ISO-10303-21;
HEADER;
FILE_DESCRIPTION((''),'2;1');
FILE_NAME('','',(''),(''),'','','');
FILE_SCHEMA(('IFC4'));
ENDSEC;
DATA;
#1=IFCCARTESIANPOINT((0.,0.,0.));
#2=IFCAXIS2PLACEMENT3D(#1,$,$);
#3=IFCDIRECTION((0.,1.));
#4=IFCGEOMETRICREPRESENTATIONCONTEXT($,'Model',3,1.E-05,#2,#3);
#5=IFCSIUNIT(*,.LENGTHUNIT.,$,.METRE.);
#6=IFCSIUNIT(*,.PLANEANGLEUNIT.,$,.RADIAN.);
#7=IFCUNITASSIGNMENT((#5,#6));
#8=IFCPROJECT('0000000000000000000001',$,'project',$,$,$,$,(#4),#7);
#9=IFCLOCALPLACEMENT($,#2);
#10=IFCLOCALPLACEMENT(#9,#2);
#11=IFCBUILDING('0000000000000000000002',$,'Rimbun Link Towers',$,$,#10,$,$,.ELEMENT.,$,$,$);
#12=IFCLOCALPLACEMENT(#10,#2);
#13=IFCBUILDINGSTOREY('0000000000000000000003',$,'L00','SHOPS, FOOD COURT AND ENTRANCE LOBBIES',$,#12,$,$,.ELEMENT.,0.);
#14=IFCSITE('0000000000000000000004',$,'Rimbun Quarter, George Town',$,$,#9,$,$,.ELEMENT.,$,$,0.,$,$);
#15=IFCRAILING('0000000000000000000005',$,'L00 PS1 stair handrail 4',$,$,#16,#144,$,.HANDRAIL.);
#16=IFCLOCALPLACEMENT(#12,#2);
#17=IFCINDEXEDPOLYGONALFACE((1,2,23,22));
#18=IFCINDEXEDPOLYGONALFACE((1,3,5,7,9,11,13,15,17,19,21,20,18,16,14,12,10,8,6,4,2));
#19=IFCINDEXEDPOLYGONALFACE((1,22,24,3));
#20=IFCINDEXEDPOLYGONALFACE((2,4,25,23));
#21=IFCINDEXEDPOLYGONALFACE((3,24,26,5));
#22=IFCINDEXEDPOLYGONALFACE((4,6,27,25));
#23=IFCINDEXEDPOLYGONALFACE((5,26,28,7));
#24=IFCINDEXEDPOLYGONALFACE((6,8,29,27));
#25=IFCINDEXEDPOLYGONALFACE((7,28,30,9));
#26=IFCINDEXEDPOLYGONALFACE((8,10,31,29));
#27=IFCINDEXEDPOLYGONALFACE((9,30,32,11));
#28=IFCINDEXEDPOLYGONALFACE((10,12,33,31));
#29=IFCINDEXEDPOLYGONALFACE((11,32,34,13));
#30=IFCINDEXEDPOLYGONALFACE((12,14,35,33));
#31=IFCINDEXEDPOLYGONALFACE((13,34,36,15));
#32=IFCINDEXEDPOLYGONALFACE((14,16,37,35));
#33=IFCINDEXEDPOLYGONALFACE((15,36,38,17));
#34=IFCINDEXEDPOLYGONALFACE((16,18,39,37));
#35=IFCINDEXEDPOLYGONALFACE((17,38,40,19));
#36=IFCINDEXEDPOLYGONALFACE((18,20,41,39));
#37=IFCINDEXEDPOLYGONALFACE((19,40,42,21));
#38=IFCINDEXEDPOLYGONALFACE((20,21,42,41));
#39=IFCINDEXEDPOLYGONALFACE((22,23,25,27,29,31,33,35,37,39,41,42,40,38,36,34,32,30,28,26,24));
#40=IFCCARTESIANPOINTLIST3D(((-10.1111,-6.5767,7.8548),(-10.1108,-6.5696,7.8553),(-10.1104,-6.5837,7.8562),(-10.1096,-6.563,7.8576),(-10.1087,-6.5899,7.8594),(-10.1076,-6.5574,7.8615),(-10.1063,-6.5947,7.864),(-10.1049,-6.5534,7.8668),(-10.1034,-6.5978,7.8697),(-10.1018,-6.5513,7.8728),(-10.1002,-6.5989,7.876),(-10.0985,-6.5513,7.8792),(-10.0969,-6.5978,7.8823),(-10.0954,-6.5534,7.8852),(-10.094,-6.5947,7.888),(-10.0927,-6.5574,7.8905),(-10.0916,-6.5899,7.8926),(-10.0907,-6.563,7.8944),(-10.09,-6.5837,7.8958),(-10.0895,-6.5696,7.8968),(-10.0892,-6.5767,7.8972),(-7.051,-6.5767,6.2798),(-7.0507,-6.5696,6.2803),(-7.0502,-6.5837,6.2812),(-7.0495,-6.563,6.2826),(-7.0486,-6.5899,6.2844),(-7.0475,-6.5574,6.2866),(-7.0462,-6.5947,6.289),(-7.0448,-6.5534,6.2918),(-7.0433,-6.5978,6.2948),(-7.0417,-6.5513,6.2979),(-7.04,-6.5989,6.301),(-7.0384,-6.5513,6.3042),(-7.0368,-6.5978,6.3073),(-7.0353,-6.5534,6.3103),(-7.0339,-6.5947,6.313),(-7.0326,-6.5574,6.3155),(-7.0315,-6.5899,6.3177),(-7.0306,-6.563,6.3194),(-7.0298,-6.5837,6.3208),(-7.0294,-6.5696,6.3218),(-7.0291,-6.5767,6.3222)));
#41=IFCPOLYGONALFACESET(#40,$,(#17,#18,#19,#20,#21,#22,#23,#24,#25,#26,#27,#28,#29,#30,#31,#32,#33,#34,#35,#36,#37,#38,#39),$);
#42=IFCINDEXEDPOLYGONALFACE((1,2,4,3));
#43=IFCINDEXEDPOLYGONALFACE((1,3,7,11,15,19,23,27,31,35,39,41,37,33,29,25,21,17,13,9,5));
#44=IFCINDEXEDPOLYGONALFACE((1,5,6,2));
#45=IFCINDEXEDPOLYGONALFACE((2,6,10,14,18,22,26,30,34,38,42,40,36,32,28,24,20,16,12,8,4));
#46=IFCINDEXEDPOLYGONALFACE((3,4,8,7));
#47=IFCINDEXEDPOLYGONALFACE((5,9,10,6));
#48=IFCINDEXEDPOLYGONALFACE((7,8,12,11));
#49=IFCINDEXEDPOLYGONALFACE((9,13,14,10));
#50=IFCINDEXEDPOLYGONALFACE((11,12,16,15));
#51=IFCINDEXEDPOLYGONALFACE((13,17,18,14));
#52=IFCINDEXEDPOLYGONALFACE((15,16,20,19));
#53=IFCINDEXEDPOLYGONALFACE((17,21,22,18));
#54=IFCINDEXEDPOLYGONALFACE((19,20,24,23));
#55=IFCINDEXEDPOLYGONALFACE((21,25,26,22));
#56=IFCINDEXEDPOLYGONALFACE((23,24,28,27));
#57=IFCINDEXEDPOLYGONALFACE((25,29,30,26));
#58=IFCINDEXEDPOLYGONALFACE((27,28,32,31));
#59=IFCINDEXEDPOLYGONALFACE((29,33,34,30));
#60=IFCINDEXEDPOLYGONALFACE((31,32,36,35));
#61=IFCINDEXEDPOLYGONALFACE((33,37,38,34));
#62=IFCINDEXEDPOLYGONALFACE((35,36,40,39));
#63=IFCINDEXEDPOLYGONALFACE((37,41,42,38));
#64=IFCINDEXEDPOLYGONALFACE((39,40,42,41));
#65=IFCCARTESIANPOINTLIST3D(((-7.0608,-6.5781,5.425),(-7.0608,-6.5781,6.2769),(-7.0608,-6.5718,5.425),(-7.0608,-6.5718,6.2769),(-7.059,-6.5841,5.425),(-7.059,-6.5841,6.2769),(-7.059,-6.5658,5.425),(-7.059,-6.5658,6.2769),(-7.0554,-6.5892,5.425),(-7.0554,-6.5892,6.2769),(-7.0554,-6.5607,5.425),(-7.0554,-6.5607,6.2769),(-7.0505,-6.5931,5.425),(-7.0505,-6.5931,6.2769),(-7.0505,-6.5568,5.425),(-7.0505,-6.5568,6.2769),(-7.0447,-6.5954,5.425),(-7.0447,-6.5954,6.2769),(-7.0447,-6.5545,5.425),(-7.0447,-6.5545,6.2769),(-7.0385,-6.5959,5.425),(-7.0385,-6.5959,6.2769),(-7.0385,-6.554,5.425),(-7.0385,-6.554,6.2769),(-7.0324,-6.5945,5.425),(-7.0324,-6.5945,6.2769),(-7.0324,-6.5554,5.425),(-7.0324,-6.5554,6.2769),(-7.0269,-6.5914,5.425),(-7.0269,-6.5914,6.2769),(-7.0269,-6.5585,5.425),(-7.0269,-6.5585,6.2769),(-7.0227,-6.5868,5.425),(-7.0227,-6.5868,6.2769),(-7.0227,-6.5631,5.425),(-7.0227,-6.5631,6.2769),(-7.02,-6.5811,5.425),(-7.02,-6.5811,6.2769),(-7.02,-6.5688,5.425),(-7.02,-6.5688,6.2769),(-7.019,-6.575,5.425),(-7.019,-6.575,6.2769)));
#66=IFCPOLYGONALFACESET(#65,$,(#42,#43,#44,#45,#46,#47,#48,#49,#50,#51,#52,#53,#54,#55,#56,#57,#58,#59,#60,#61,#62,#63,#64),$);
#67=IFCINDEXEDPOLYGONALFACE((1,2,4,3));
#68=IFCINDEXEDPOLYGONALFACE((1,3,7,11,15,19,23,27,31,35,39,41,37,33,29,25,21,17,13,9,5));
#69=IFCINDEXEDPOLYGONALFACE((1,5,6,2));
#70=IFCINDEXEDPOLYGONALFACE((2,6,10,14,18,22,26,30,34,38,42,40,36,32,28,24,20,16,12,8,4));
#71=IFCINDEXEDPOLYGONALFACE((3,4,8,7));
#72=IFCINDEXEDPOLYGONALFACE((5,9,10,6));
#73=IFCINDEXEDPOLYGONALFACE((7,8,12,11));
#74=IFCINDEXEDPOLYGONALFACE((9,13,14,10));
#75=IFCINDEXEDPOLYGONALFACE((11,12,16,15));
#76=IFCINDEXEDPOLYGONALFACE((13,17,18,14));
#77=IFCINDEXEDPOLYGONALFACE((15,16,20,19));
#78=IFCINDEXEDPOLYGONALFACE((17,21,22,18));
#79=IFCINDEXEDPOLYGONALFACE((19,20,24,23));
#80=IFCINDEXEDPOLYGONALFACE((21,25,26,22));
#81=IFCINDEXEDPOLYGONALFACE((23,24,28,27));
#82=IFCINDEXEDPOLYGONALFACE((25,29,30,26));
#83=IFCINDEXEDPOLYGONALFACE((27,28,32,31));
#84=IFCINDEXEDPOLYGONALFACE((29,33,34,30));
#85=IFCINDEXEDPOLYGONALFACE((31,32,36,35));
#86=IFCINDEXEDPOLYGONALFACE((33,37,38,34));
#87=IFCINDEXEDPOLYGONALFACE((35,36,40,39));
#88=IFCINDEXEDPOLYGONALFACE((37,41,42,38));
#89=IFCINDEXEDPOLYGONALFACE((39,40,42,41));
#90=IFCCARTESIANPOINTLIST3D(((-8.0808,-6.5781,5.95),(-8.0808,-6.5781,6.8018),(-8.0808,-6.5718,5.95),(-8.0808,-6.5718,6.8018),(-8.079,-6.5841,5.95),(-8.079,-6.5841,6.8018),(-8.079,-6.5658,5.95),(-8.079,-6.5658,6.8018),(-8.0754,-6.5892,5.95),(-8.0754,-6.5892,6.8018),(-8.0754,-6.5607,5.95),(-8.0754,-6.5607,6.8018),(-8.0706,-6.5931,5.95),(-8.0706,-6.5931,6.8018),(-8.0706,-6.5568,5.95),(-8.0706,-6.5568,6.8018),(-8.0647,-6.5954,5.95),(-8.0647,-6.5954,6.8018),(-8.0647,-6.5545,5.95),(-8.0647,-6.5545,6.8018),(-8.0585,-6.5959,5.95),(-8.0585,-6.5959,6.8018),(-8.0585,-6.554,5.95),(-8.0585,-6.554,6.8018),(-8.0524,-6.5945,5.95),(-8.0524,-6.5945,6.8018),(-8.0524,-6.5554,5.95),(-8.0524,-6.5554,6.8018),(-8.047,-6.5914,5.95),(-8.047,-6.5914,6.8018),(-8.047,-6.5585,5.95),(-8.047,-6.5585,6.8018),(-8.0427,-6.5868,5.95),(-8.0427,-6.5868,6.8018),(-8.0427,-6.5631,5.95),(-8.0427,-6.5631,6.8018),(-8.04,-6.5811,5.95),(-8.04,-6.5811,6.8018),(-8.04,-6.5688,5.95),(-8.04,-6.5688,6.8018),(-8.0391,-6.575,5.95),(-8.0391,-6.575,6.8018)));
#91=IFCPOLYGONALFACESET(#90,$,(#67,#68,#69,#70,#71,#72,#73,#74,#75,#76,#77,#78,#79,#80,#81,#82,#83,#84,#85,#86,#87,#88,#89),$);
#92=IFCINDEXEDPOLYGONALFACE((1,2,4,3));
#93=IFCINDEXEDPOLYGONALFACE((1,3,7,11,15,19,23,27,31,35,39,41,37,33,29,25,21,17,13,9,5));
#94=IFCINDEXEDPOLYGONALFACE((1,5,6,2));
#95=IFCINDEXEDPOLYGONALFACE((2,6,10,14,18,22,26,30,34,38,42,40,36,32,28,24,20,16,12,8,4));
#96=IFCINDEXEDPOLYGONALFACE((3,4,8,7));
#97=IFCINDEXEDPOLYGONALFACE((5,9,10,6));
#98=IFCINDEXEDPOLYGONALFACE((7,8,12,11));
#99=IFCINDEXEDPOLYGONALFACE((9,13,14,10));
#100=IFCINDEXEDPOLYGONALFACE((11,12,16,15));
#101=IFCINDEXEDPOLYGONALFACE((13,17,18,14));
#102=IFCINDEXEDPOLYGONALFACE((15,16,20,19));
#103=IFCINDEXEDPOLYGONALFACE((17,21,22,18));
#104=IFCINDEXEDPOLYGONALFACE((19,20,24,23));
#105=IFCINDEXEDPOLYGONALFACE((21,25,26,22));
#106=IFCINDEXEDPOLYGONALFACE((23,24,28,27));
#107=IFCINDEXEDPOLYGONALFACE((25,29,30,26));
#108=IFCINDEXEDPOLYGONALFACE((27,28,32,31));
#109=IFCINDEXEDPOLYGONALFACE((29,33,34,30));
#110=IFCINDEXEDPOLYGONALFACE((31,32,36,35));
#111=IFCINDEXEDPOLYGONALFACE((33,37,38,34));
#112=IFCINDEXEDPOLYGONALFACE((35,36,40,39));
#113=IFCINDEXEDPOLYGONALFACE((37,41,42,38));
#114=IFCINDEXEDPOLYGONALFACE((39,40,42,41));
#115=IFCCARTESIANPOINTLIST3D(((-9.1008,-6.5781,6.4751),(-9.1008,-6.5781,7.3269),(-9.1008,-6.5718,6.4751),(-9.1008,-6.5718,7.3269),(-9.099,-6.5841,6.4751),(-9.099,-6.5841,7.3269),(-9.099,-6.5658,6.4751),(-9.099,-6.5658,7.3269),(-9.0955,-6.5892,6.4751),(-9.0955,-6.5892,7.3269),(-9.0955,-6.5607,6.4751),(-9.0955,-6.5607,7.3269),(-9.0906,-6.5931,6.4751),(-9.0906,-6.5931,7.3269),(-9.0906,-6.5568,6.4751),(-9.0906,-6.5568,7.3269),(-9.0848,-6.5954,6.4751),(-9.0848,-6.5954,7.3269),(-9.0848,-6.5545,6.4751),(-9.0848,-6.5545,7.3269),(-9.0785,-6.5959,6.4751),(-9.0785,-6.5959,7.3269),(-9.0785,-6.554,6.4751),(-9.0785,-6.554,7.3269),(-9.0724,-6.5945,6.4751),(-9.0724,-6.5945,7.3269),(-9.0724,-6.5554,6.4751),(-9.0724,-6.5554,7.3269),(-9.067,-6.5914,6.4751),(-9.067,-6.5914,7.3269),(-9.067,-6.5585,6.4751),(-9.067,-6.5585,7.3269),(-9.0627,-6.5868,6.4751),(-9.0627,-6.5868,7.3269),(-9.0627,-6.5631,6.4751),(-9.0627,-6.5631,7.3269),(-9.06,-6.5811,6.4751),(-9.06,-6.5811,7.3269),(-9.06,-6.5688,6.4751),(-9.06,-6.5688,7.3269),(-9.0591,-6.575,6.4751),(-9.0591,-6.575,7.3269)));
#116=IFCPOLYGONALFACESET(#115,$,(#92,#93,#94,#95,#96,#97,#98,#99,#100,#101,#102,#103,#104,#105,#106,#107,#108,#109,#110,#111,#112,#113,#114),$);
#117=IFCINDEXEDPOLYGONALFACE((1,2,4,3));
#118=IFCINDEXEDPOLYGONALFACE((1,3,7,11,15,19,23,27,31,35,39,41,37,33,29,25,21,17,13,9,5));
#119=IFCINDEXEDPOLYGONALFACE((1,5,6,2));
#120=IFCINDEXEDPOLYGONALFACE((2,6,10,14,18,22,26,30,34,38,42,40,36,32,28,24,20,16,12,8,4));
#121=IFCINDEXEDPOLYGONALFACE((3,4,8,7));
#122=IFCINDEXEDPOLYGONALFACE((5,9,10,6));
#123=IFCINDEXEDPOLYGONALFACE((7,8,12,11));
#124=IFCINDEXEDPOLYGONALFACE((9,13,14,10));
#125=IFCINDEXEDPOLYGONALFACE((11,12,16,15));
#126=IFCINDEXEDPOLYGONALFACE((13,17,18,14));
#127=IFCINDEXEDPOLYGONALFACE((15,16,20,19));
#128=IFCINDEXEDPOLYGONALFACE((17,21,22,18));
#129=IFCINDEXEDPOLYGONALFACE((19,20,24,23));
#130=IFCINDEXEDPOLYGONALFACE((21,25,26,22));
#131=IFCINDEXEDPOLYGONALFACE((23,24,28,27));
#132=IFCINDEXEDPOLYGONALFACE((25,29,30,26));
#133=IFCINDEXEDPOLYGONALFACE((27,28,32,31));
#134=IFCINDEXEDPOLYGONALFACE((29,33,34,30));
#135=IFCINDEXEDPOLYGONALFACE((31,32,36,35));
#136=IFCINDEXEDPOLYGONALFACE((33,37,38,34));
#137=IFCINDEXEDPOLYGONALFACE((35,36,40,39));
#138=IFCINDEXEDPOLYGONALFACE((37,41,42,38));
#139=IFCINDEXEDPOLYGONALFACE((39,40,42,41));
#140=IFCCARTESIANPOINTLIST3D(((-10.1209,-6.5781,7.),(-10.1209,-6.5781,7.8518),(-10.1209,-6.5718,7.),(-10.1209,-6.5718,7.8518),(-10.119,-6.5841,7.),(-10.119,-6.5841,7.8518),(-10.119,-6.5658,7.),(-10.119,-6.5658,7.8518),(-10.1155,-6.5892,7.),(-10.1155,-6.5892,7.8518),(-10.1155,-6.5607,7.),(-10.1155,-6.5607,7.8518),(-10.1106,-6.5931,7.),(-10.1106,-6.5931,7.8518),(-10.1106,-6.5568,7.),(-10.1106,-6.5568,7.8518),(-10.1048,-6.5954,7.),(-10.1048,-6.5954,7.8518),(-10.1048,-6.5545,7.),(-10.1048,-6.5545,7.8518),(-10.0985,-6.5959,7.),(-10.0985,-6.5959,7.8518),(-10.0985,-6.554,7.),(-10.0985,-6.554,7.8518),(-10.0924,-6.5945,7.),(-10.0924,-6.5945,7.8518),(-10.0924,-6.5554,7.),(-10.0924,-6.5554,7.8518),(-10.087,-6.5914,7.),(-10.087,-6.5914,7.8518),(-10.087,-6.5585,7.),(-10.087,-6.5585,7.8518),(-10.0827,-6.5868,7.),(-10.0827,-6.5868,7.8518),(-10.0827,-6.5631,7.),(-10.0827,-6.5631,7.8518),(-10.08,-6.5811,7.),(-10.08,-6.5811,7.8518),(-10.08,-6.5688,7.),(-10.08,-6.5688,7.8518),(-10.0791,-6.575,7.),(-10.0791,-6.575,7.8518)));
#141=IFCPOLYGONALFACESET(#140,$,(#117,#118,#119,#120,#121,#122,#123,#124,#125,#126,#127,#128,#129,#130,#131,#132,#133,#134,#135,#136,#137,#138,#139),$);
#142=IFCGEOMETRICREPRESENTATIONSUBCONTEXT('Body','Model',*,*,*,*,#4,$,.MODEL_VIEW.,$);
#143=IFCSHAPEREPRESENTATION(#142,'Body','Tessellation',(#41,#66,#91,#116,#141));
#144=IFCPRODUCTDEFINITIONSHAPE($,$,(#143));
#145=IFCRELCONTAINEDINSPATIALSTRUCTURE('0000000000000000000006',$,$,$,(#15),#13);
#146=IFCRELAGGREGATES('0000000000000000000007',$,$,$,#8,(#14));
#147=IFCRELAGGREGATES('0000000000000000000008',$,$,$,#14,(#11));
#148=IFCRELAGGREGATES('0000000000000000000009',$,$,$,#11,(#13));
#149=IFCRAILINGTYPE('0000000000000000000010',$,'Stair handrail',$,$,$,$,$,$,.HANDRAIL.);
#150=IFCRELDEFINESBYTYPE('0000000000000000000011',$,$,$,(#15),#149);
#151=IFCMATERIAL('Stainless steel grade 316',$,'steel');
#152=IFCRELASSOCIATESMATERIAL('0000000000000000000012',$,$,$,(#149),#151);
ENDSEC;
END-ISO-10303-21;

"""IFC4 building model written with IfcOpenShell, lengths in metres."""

from ifc_helpers import new_model, si_unit, direction, frame, origin, origin_2d, place, context, subcontext, project, spatial, circle, extrude, material, type_object, element, save


model = new_model("IFC4")

# Units and contexts
model_context = context("Model", 3, precision=1e-05, world=origin(), true_north=direction((0.0, 1.0)))
body_context = subcontext(model_context, "Body", "Model", "MODEL_VIEW")
ifc_project = project(units=[si_unit("LENGTHUNIT", "METRE"), si_unit("PLANEANGLEUNIT", "RADIAN")], contexts=[model_context])

# Site, building, storey
site_placement = place(None, origin())
site = spatial("IfcSite", under=ifc_project, at=site_placement, Name="Rimbun Quarter, George Town", CompositionType="ELEMENT", RefElevation=0.0)
building_placement = place(site_placement, origin())
building = spatial("IfcBuilding", under=site, at=building_placement, Name="Rimbun Link Towers", CompositionType="ELEMENT")
storey_placement = place(building_placement, origin())
storey = spatial("IfcBuildingStorey", under=building, at=storey_placement, Name="L00", Description="SHOPS, FOOD COURT AND ENTRANCE LOBBIES", CompositionType="ELEMENT", Elevation=0.0)

# Railing
ifc_material_1 = material(Name="Stainless steel grade 316", Category="steel")
railing_type_1 = type_object("IfcRailingType", Name="Stair handrail", PredefinedType="HANDRAIL", material=ifc_material_1)
railing_1_placement = place(storey_placement, frame((-7.04, -6.575, 5.425)))
element("IfcRailing", 1, at=railing_1_placement, inside=storey, type_object=railing_type_1, Name="L00 PS1 stair handrail 4", PredefinedType="HANDRAIL", context=body_context, shape_type="SweptSolid", body=[
    extrude(circle(Radius=0.0239, at=origin_2d()), frame((0.0, 0.0, 0.876), z_axis=(-0.889145, 0.0, 0.457625), x_axis=(0.0, -1.0, 0.0)), (0.0, 0.0, 1.0), 3.4417),
    extrude(circle(Radius=0.021, at=origin_2d()), origin(), (0.0, 0.0, 1.0), 0.8518),
    extrude(circle(Radius=0.021, at=origin_2d()), frame((-1.02, 0.0, 0.5249)), (0.0, 0.0, 1.0), 0.8518),
    extrude(circle(Radius=0.021, at=origin_2d()), frame((-2.04, 0.0, 1.05)), (0.0, 0.0, 1.0), 0.8518),
    extrude(circle(Radius=0.021, at=origin_2d()), frame((-3.0601, 0.0, 1.575)), (0.0, 0.0, 1.0), 0.8518),
])

save(model, "model.ifc")
